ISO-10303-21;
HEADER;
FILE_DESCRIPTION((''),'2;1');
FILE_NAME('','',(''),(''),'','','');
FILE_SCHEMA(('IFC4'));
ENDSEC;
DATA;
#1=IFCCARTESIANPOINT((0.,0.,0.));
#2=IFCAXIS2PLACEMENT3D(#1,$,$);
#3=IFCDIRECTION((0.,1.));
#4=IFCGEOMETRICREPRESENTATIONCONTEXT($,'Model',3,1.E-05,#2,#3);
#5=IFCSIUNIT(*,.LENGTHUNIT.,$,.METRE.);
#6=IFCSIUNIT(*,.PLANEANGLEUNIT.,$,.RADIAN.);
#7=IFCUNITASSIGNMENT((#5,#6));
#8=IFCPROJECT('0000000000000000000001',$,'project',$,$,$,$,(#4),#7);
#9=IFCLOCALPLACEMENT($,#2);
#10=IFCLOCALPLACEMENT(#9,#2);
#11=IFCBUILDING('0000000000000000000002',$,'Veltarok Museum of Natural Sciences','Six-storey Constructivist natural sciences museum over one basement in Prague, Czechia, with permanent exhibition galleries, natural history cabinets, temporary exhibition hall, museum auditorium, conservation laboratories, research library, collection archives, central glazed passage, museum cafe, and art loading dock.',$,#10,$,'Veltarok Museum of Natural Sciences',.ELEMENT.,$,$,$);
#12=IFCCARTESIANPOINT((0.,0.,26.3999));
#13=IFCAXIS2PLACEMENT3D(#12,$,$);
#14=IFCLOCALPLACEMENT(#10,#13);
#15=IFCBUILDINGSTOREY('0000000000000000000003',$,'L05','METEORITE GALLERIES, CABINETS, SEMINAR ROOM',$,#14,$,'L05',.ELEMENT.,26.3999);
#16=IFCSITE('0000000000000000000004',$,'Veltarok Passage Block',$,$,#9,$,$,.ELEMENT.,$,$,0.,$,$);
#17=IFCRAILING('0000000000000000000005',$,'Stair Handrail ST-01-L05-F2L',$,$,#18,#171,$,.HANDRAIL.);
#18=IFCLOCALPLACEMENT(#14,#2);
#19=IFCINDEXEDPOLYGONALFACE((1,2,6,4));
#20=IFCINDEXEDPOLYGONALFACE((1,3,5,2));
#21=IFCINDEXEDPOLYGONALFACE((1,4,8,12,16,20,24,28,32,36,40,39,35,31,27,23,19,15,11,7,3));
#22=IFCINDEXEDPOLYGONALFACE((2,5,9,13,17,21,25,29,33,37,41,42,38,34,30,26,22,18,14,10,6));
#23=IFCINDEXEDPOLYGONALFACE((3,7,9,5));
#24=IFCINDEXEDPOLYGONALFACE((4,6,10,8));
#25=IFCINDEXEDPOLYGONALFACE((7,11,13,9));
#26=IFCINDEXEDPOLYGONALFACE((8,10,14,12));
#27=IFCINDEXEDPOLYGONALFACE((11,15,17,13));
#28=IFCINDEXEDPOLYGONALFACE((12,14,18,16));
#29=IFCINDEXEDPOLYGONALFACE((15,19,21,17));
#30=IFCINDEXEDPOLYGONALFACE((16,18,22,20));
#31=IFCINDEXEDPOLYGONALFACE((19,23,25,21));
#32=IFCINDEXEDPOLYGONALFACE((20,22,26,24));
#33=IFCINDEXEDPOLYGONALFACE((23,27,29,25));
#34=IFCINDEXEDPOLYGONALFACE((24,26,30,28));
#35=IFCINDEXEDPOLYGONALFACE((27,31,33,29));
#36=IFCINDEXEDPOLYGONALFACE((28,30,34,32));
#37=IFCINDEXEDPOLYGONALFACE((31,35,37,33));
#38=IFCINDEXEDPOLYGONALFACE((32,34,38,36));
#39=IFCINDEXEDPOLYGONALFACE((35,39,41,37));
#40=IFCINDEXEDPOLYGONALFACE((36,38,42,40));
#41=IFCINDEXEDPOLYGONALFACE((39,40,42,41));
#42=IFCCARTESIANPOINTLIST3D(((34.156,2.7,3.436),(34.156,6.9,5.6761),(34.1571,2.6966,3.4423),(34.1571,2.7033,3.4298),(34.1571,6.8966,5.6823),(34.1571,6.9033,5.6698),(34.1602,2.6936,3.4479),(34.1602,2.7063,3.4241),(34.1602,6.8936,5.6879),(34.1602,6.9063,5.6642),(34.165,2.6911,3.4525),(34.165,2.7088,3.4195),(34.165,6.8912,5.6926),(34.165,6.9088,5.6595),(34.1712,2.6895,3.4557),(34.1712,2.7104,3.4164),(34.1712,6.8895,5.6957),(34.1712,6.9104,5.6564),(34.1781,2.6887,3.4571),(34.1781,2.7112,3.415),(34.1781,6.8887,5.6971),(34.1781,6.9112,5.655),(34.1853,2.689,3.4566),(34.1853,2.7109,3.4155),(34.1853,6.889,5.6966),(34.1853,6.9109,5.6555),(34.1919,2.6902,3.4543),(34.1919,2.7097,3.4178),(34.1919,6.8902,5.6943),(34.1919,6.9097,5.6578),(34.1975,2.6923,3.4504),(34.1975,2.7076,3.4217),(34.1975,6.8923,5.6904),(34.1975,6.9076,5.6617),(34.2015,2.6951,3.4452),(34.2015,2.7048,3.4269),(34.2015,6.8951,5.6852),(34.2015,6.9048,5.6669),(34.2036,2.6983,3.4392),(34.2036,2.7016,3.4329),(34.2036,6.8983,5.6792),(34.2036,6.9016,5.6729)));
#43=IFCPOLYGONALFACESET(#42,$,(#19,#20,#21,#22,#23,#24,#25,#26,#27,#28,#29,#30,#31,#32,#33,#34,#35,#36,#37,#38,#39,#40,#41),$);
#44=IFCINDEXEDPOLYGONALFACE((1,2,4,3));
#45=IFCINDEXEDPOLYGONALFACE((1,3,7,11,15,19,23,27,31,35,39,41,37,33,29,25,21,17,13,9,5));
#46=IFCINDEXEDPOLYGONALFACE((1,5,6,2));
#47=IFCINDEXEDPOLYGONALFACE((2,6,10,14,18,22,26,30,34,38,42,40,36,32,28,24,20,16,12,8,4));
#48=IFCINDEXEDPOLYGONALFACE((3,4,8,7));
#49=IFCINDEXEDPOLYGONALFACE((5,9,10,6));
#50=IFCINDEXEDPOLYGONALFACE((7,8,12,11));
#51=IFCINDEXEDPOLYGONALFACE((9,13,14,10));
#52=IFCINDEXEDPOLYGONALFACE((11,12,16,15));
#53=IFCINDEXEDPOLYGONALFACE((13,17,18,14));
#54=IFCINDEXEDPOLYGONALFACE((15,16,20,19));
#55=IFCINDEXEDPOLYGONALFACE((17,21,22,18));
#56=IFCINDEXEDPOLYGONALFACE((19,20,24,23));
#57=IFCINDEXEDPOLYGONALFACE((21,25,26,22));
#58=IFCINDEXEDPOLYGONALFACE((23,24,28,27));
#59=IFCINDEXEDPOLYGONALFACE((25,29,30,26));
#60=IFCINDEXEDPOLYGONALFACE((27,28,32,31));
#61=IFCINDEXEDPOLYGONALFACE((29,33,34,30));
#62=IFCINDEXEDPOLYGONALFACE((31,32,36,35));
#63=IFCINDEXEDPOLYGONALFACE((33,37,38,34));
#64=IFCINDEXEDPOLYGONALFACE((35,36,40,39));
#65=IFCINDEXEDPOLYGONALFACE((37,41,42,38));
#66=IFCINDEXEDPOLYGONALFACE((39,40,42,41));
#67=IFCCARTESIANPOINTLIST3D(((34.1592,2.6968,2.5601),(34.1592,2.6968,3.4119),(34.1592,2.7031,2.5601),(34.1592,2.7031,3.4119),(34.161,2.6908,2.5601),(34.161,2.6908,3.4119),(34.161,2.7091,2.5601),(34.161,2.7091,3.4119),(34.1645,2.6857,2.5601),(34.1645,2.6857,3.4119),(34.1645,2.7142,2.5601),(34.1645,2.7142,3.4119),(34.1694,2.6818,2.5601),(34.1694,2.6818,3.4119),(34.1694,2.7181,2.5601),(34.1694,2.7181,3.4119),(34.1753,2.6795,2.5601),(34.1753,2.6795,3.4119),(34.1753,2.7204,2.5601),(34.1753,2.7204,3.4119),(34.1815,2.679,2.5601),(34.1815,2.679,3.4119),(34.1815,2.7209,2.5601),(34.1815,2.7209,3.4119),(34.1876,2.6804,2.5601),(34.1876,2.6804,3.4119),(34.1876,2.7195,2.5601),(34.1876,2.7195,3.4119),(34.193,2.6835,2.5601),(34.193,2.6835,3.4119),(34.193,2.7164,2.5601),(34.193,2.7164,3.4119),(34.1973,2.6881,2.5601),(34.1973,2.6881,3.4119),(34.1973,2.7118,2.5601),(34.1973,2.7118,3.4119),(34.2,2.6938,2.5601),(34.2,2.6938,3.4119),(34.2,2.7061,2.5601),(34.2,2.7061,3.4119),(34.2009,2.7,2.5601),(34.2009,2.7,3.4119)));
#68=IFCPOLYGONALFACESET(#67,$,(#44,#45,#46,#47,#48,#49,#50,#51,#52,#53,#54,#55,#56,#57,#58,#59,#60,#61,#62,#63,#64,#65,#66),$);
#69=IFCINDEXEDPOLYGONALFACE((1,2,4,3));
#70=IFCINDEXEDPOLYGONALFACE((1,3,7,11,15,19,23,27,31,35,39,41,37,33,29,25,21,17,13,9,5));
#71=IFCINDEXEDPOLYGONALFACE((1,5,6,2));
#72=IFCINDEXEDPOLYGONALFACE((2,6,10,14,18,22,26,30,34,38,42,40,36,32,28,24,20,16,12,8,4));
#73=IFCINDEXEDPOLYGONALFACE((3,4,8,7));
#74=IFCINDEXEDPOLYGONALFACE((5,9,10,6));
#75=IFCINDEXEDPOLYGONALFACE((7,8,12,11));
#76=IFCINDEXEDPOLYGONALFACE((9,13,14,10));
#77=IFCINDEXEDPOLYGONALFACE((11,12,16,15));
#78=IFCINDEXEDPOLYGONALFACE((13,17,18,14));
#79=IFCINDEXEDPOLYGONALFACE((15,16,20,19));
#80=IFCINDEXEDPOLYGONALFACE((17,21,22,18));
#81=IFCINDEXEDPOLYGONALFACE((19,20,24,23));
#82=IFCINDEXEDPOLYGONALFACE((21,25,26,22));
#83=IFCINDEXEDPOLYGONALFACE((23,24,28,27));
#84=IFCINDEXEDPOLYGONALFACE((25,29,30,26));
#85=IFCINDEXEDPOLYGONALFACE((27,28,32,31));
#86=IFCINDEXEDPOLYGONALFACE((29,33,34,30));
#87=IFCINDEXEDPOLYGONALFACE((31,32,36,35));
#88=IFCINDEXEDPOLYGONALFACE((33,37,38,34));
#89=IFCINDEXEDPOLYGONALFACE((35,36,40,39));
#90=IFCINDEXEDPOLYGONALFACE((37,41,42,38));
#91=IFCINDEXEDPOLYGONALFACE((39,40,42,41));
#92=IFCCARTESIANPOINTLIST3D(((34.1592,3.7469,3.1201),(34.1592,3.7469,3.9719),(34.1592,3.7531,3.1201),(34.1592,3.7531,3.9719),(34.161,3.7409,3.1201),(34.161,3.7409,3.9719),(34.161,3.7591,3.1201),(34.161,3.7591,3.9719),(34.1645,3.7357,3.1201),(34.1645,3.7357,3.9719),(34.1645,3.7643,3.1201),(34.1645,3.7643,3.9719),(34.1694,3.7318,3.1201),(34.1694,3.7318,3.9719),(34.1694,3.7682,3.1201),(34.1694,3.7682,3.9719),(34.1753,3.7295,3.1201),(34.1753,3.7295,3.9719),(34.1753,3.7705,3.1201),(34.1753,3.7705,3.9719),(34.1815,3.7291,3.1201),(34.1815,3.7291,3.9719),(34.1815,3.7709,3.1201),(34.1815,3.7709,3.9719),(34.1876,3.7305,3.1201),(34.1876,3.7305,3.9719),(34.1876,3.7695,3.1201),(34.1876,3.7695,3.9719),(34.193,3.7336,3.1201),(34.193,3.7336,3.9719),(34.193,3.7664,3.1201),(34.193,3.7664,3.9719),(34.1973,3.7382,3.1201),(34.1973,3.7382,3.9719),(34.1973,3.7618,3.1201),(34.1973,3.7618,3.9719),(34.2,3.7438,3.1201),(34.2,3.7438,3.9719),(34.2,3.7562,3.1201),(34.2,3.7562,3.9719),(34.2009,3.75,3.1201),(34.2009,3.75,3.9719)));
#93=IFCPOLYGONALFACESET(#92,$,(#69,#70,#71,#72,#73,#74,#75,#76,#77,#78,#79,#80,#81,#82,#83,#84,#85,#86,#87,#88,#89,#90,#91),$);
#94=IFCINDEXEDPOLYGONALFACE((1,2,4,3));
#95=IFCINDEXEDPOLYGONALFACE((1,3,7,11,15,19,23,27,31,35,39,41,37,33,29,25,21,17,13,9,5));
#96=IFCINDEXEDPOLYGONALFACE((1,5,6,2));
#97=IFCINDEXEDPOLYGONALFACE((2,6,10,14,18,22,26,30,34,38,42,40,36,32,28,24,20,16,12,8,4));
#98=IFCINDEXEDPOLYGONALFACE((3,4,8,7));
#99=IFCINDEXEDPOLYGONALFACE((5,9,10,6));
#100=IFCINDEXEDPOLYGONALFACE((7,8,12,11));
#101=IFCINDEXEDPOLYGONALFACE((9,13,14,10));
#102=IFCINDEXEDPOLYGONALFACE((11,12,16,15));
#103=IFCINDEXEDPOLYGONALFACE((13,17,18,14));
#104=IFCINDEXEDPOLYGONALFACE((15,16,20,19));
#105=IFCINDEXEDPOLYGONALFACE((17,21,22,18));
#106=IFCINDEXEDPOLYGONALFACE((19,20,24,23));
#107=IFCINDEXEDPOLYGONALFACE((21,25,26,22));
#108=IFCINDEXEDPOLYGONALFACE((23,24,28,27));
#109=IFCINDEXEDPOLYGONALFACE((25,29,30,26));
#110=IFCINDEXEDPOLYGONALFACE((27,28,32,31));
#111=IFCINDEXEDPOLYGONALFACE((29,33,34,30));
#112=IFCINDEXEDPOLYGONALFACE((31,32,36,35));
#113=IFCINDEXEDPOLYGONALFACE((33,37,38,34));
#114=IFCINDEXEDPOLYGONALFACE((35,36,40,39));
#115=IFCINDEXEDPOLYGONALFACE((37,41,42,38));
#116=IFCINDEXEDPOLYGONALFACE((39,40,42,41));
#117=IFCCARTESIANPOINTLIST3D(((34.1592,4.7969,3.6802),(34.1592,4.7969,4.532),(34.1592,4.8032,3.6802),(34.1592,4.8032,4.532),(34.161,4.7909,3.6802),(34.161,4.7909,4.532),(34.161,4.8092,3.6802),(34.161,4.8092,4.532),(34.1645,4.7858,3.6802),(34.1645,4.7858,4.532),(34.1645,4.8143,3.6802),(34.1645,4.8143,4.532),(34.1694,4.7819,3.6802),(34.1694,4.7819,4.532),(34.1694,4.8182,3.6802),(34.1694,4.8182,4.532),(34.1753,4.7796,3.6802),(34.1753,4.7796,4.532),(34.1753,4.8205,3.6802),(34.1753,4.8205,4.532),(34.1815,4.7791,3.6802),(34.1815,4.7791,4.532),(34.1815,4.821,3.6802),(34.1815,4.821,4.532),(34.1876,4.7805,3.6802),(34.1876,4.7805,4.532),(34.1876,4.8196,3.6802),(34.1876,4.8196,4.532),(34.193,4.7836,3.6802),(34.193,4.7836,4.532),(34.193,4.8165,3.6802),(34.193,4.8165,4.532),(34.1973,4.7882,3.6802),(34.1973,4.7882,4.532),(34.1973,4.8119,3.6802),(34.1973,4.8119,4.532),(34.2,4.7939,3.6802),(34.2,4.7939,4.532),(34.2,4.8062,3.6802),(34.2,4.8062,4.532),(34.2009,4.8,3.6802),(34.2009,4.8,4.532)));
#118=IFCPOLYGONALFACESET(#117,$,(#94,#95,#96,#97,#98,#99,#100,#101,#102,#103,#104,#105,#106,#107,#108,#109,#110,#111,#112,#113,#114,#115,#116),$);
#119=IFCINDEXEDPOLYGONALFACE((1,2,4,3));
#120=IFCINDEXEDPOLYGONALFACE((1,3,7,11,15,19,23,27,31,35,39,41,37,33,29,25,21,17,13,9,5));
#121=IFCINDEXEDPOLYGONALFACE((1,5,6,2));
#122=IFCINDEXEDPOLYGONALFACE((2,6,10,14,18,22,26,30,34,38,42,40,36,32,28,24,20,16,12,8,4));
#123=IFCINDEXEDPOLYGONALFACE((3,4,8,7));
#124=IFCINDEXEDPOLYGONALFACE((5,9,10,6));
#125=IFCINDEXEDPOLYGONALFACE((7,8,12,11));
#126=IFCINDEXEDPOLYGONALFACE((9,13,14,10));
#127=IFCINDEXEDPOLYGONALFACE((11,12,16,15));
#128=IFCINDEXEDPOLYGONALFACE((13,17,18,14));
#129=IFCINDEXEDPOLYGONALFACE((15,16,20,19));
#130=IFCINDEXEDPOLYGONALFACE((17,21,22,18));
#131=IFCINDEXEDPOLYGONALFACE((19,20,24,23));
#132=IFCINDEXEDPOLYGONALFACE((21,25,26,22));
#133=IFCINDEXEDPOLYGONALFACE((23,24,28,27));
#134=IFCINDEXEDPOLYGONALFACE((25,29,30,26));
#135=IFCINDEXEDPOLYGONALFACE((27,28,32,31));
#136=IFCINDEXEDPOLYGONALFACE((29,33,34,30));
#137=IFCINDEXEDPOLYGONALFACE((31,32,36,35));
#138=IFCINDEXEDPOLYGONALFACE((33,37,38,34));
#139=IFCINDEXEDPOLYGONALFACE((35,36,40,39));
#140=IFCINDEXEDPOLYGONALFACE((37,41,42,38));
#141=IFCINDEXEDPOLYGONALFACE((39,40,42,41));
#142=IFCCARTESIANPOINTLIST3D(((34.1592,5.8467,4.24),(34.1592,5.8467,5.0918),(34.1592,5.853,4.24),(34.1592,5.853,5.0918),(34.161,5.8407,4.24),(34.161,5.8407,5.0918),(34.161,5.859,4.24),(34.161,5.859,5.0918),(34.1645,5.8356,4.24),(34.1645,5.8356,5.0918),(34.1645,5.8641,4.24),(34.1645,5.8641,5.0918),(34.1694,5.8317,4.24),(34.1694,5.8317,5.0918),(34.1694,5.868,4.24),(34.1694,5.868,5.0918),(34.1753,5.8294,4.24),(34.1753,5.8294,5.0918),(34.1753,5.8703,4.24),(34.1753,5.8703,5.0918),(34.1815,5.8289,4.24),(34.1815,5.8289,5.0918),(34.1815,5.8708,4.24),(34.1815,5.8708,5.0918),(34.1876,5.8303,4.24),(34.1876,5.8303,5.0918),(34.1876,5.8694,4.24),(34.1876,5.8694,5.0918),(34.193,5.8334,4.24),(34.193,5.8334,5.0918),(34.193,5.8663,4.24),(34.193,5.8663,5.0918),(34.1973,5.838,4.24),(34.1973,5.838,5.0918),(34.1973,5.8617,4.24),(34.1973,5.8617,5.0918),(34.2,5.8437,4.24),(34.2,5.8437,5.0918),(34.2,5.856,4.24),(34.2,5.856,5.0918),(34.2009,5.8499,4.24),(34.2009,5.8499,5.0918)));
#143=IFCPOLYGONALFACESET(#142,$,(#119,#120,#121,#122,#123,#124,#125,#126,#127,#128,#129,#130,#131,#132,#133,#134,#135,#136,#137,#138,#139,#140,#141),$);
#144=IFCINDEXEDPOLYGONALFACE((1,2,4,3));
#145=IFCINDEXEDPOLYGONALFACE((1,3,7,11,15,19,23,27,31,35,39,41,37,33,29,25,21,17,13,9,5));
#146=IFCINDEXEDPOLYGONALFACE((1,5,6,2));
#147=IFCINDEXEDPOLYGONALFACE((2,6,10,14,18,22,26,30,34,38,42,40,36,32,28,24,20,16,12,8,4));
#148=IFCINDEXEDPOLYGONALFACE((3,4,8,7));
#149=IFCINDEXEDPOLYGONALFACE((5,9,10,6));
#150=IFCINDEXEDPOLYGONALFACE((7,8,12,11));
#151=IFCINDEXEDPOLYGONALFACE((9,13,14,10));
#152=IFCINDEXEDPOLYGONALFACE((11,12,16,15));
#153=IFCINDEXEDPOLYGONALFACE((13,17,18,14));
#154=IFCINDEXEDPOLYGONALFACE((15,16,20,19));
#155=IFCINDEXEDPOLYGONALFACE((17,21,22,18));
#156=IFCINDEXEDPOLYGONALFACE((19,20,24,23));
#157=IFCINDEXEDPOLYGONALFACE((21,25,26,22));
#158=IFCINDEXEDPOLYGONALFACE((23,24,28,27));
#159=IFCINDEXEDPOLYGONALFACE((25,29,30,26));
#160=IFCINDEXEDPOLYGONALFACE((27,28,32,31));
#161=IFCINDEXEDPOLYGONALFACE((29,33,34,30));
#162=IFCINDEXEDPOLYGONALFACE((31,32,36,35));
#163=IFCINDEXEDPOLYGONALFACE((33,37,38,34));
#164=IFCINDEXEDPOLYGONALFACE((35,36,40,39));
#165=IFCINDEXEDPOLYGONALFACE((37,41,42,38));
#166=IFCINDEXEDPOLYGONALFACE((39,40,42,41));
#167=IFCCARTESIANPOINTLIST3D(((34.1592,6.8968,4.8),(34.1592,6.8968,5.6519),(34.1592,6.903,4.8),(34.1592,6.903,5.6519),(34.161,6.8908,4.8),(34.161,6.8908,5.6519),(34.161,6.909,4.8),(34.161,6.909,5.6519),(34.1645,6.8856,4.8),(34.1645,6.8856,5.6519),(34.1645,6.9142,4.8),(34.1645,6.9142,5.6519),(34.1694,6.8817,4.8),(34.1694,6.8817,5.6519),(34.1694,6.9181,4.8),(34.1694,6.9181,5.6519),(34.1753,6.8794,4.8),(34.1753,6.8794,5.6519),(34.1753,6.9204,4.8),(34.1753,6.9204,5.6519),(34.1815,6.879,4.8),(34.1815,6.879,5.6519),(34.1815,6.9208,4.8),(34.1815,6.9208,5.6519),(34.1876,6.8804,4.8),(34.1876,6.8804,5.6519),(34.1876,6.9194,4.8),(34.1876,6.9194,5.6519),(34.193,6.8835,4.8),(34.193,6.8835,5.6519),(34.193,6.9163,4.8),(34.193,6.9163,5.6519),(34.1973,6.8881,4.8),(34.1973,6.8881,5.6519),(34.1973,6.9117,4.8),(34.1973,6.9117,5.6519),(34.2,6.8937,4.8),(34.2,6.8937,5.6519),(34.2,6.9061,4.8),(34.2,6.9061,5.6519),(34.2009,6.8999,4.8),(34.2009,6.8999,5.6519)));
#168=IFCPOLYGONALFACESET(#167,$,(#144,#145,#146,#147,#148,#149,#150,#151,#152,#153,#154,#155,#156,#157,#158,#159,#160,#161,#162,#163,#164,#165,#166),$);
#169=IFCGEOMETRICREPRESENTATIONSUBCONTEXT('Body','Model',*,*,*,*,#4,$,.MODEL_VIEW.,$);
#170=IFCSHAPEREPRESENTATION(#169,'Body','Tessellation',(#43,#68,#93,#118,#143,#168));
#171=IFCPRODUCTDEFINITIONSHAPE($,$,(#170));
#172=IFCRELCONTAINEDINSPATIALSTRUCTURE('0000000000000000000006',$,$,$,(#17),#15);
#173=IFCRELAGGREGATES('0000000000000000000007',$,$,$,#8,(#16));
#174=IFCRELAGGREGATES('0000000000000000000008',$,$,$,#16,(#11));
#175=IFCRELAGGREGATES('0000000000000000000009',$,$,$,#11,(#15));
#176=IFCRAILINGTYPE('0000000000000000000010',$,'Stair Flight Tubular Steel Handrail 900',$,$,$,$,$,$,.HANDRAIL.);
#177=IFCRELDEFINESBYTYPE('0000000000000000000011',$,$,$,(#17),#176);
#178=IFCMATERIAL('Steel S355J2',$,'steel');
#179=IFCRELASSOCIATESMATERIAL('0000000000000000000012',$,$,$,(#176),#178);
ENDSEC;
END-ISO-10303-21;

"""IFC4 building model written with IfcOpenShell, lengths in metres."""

from ifc_helpers import new_model, si_unit, direction, frame, origin, origin_2d, place, context, subcontext, project, spatial, circle, extrude, material, type_object, element, save


model = new_model("IFC4")

# Units and contexts
model_context = context("Model", 3, precision=1e-05, world=origin(), true_north=direction((0.0, 1.0)))
body_context = subcontext(model_context, "Body", "Model", "MODEL_VIEW")
ifc_project = project(units=[si_unit("LENGTHUNIT", "METRE"), si_unit("PLANEANGLEUNIT", "RADIAN")], contexts=[model_context])

# Site, building, storey
site_placement = place(None, origin())
site = spatial("IfcSite", under=ifc_project, at=site_placement, Name="Veltarok Passage Block", CompositionType="ELEMENT", RefElevation=0.0)
building_placement = place(site_placement, origin())
building = spatial("IfcBuilding", under=site, at=building_placement, Name="Veltarok Museum of Natural Sciences", Description="Six-storey Constructivist natural sciences museum over one basement in Prague, Czechia, with permanent exhibition galleries, natural history cabinets, temporary exhibition hall, museum auditorium, conservation laboratories, research library, collection archives, central glazed passage, museum cafe, and art loading dock.", LongName="Veltarok Museum of Natural Sciences", CompositionType="ELEMENT")
storey_placement = place(building_placement, frame((0.0, 0.0, 26.3999)))
storey = spatial("IfcBuildingStorey", under=building, at=storey_placement, Name="L05", Description="METEORITE GALLERIES, CABINETS, SEMINAR ROOM", LongName="L05", CompositionType="ELEMENT", Elevation=26.3999)

# Shared definitions
ifc_material_1 = material(Name="Steel S355J2", Category="steel")

# Railing
railing_type_1 = type_object("IfcRailingType", Name="Stair Flight Tubular Steel Handrail 900", PredefinedType="HANDRAIL", material=ifc_material_1)
for number, where, name in (
    (1, (34.1799, 2.7, 2.5601), "Stair Handrail ST-01-L05-F2L"),
):
    element("IfcRailing", number, at=place(storey_placement, frame(where)), inside=storey, type_object=railing_type_1, Name=name, PredefinedType="HANDRAIL", context=body_context, shape_type="SweptSolid", body=[
        extrude(circle(Radius=0.0239, at=origin_2d()), frame((0.0, 0.0, 0.876), z_axis=(0.0, 0.882352, 0.470591), x_axis=(-1.0, 0.0, 0.0)), (0.0, 0.0, 1.0), 4.76),
        extrude(circle(Radius=0.021, at=origin_2d()), origin(), (0.0, 0.0, 1.0), 0.8518),
        extrude(circle(Radius=0.021, at=origin_2d()), frame((0.0, 1.05, 0.5601)), (0.0, 0.0, 1.0), 0.8518),
        extrude(circle(Radius=0.021, at=origin_2d()), frame((0.0, 2.1001, 1.1201)), (0.0, 0.0, 1.0), 0.8518),
        extrude(circle(Radius=0.021, at=origin_2d()), frame((0.0, 3.1499, 1.6799)), (0.0, 0.0, 1.0), 0.8518),
        extrude(circle(Radius=0.021, at=origin_2d()), frame((0.0, 4.2, 2.24)), (0.0, 0.0, 1.0), 0.8518),
    ])

save(model, "model.ifc")
